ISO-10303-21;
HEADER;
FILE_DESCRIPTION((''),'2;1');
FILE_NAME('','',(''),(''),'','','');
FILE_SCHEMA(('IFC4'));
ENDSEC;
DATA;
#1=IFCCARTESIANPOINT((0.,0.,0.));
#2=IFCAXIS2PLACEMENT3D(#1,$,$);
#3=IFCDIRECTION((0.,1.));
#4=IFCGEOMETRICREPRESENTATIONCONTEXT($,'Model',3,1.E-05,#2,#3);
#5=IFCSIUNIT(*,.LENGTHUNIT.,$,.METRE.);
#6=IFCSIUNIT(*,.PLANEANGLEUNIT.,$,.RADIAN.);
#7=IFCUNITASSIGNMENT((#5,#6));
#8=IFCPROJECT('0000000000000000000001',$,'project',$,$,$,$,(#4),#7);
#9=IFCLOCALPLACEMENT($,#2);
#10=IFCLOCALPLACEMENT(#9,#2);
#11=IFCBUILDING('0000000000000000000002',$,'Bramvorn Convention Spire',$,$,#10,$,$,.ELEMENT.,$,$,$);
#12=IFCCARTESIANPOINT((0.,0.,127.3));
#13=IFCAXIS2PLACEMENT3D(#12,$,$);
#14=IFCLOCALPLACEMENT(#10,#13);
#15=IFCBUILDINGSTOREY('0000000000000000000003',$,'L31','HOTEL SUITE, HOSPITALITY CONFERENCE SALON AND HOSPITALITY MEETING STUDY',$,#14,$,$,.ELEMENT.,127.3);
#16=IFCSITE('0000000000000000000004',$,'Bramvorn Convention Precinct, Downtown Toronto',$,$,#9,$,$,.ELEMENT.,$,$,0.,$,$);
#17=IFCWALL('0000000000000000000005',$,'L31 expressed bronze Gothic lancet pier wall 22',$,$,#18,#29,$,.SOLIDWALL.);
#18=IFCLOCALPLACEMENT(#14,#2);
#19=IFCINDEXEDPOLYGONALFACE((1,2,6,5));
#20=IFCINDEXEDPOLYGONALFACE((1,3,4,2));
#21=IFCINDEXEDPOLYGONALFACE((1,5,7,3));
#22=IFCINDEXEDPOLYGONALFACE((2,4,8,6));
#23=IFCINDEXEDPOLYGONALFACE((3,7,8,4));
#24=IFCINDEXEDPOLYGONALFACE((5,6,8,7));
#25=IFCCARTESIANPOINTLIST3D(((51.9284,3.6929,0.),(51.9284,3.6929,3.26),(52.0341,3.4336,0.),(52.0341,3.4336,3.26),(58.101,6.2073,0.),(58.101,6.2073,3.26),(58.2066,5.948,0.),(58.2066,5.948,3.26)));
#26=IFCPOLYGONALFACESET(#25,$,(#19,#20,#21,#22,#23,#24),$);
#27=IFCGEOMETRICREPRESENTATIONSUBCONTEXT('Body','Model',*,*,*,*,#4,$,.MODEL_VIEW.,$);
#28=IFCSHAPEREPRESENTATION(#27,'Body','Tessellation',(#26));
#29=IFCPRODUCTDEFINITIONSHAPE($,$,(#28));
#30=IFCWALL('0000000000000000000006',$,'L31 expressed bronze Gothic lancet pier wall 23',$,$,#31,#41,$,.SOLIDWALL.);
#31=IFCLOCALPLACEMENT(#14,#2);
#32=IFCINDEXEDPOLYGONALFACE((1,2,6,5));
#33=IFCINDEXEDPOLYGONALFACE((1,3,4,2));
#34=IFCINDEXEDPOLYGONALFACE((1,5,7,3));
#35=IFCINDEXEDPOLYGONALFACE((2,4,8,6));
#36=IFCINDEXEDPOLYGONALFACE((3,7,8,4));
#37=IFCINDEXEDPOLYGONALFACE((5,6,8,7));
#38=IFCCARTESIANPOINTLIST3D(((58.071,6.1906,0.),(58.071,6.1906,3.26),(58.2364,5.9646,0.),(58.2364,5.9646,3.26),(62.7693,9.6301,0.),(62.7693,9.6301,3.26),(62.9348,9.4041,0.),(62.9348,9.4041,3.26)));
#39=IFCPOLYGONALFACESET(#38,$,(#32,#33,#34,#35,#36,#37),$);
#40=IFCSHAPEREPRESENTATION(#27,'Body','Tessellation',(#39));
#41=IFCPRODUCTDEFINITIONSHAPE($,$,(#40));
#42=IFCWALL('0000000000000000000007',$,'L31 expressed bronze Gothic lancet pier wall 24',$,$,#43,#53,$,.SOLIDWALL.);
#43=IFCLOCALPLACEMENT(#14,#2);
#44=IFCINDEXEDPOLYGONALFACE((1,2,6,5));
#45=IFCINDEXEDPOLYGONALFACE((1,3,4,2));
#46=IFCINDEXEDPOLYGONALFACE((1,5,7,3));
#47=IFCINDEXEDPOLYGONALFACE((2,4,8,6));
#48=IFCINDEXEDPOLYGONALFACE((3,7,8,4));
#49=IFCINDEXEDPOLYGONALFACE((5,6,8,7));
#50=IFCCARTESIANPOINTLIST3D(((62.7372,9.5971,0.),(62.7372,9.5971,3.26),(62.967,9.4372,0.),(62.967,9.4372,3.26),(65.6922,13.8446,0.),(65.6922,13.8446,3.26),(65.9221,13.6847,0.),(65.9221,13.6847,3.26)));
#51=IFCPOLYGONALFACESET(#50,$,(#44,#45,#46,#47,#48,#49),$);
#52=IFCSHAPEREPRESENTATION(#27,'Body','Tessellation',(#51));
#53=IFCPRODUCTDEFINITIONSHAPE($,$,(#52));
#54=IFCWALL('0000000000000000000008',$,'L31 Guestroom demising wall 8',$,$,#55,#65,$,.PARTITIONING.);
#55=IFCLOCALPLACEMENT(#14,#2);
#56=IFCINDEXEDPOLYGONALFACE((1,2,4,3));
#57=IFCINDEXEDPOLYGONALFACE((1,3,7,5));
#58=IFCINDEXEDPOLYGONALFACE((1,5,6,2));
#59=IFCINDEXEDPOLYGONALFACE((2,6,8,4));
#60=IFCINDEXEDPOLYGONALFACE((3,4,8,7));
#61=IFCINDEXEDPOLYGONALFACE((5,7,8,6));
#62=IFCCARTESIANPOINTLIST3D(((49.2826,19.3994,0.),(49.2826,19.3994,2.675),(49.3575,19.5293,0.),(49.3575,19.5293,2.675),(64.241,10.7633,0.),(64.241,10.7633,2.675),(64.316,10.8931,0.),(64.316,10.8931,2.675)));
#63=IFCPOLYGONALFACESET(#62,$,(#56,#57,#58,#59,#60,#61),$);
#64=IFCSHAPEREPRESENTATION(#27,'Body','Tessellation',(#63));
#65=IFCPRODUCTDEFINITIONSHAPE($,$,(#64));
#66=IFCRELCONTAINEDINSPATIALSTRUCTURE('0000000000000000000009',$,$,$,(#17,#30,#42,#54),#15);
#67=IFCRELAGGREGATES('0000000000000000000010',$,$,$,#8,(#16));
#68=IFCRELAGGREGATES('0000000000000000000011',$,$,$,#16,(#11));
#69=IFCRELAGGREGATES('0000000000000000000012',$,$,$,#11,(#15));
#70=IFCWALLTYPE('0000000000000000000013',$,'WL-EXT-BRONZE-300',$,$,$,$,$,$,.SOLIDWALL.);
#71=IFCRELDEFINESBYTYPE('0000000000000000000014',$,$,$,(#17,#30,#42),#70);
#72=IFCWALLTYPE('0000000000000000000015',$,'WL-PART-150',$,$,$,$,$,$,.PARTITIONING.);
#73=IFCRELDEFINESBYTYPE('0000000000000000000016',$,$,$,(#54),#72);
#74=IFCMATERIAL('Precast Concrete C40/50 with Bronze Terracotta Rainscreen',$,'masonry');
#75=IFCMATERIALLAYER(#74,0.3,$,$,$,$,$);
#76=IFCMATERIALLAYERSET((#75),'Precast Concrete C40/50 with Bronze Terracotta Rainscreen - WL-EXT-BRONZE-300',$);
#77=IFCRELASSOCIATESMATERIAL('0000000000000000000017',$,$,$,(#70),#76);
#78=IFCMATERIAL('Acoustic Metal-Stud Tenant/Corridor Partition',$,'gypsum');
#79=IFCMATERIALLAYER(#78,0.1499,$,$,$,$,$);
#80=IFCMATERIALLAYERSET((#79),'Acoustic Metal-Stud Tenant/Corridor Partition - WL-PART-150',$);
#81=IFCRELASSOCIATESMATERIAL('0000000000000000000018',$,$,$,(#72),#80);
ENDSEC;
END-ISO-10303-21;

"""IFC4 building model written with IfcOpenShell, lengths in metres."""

from ifc_helpers import new_model, si_unit, direction, frame, frame_2d, origin, place, context, subcontext, project, spatial, rectangle, extrude, material, layer, layer_set, type_object, element, save


model = new_model("IFC4")

# Units and contexts
model_context = context("Model", 3, precision=1e-05, world=origin(), true_north=direction((0.0, 1.0)))
body_context = subcontext(model_context, "Body", "Model", "MODEL_VIEW")
ifc_project = project(units=[si_unit("LENGTHUNIT", "METRE"), si_unit("PLANEANGLEUNIT", "RADIAN")], contexts=[model_context])

# Site, building, storey
site_placement = place(None, origin())
site = spatial("IfcSite", under=ifc_project, at=site_placement, Name="Bramvorn Convention Precinct, Downtown Toronto", CompositionType="ELEMENT", RefElevation=0.0)
building_placement = place(site_placement, origin())
building = spatial("IfcBuilding", under=site, at=building_placement, Name="Bramvorn Convention Spire", CompositionType="ELEMENT")
storey_placement = place(building_placement, frame((0.0, 0.0, 127.3)))
storey = spatial("IfcBuildingStorey", under=building, at=storey_placement, Name="L31", Description="HOTEL SUITE, HOSPITALITY CONFERENCE SALON AND HOSPITALITY MEETING STUDY", CompositionType="ELEMENT", Elevation=127.3)

# Walls
ifc_material_1 = material(Name="Precast Concrete C40/50 with Bronze Terracotta Rainscreen", Category="masonry")
ifc_layer_1 = layer(ifc_material_1, 0.3)
ifc_layer_set_1 = layer_set([ifc_layer_1], Name="Precast Concrete C40/50 with Bronze Terracotta Rainscreen - WL-EXT-BRONZE-300")
wall_type_1 = type_object("IfcWallType", Name="WL-EXT-BRONZE-300", PredefinedType="SOLIDWALL", material=ifc_layer_set_1)
wall_1_placement = place(storey_placement, frame((58.1538, 6.0776, 0.0), z_axis=(0.0, 0.0, 1.0), x_axis=(-0.926111, -0.37725, 0.0)))
element("IfcWall", 1, at=wall_1_placement, inside=storey, type_object=wall_type_1, Name="L31 expressed bronze Gothic lancet pier wall 22", PredefinedType="SOLIDWALL", context=body_context, shape_type="SweptSolid", body=[
    extrude(rectangle(XDim=6.665, YDim=0.28, at=frame_2d((3.3325, 0.0))), origin(), (0.0, 0.0, 1.0), 3.26),
])
wall_2_placement = place(storey_placement, frame((62.8521, 9.5171, 0.0), z_axis=(0.0, 0.0, 1.0), x_axis=(-0.80689, -0.590702, 0.0)))
element("IfcWall", 2, at=wall_2_placement, inside=storey, type_object=wall_type_1, Name="L31 expressed bronze Gothic lancet pier wall 23", PredefinedType="SOLIDWALL", context=body_context, shape_type="SweptSolid", body=[
    extrude(rectangle(XDim=5.8228, YDim=0.28, at=frame_2d((2.9114, 0.0))), origin(), (0.0, 0.0, 1.0), 3.26),
])
wall_3_placement = place(storey_placement, frame((65.8071, 13.7646, 0.0), z_axis=(0.0, 0.0, 1.0), x_axis=(-0.571098, -0.820882, 0.0)))
element("IfcWall", 3, at=wall_3_placement, inside=storey, type_object=wall_type_1, Name="L31 expressed bronze Gothic lancet pier wall 24", PredefinedType="SOLIDWALL", context=body_context, shape_type="SweptSolid", body=[
    extrude(rectangle(XDim=5.1743, YDim=0.28, at=frame_2d((2.5872, 0.0))), origin(), (0.0, 0.0, 1.0), 3.26),
])
ifc_material_2 = material(Name="Acoustic Metal-Stud Tenant/Corridor Partition", Category="gypsum")
ifc_layer_2 = layer(ifc_material_2, 0.1499)
ifc_layer_set_2 = layer_set([ifc_layer_2], Name="Acoustic Metal-Stud Tenant/Corridor Partition - WL-PART-150")
wall_type_2 = type_object("IfcWallType", Name="WL-PART-150", PredefinedType="PARTITIONING", material=ifc_layer_set_2)
wall_4_placement = place(storey_placement, frame((49.3201, 19.4644, 0.0), z_axis=(0.0, 0.0, 1.0), x_axis=(0.866027, -0.499997, 0.0)))
element("IfcWall", 4, at=wall_4_placement, inside=storey, type_object=wall_type_2, Name="L31 Guestroom demising wall 8", PredefinedType="PARTITIONING", context=body_context, shape_type="SweptSolid", body=[
    extrude(rectangle(XDim=17.2725, YDim=0.1499, at=frame_2d((8.6362, 0.0))), origin(), (0.0, 0.0, 1.0), 2.675),
])

save(model, "model.ifc")
